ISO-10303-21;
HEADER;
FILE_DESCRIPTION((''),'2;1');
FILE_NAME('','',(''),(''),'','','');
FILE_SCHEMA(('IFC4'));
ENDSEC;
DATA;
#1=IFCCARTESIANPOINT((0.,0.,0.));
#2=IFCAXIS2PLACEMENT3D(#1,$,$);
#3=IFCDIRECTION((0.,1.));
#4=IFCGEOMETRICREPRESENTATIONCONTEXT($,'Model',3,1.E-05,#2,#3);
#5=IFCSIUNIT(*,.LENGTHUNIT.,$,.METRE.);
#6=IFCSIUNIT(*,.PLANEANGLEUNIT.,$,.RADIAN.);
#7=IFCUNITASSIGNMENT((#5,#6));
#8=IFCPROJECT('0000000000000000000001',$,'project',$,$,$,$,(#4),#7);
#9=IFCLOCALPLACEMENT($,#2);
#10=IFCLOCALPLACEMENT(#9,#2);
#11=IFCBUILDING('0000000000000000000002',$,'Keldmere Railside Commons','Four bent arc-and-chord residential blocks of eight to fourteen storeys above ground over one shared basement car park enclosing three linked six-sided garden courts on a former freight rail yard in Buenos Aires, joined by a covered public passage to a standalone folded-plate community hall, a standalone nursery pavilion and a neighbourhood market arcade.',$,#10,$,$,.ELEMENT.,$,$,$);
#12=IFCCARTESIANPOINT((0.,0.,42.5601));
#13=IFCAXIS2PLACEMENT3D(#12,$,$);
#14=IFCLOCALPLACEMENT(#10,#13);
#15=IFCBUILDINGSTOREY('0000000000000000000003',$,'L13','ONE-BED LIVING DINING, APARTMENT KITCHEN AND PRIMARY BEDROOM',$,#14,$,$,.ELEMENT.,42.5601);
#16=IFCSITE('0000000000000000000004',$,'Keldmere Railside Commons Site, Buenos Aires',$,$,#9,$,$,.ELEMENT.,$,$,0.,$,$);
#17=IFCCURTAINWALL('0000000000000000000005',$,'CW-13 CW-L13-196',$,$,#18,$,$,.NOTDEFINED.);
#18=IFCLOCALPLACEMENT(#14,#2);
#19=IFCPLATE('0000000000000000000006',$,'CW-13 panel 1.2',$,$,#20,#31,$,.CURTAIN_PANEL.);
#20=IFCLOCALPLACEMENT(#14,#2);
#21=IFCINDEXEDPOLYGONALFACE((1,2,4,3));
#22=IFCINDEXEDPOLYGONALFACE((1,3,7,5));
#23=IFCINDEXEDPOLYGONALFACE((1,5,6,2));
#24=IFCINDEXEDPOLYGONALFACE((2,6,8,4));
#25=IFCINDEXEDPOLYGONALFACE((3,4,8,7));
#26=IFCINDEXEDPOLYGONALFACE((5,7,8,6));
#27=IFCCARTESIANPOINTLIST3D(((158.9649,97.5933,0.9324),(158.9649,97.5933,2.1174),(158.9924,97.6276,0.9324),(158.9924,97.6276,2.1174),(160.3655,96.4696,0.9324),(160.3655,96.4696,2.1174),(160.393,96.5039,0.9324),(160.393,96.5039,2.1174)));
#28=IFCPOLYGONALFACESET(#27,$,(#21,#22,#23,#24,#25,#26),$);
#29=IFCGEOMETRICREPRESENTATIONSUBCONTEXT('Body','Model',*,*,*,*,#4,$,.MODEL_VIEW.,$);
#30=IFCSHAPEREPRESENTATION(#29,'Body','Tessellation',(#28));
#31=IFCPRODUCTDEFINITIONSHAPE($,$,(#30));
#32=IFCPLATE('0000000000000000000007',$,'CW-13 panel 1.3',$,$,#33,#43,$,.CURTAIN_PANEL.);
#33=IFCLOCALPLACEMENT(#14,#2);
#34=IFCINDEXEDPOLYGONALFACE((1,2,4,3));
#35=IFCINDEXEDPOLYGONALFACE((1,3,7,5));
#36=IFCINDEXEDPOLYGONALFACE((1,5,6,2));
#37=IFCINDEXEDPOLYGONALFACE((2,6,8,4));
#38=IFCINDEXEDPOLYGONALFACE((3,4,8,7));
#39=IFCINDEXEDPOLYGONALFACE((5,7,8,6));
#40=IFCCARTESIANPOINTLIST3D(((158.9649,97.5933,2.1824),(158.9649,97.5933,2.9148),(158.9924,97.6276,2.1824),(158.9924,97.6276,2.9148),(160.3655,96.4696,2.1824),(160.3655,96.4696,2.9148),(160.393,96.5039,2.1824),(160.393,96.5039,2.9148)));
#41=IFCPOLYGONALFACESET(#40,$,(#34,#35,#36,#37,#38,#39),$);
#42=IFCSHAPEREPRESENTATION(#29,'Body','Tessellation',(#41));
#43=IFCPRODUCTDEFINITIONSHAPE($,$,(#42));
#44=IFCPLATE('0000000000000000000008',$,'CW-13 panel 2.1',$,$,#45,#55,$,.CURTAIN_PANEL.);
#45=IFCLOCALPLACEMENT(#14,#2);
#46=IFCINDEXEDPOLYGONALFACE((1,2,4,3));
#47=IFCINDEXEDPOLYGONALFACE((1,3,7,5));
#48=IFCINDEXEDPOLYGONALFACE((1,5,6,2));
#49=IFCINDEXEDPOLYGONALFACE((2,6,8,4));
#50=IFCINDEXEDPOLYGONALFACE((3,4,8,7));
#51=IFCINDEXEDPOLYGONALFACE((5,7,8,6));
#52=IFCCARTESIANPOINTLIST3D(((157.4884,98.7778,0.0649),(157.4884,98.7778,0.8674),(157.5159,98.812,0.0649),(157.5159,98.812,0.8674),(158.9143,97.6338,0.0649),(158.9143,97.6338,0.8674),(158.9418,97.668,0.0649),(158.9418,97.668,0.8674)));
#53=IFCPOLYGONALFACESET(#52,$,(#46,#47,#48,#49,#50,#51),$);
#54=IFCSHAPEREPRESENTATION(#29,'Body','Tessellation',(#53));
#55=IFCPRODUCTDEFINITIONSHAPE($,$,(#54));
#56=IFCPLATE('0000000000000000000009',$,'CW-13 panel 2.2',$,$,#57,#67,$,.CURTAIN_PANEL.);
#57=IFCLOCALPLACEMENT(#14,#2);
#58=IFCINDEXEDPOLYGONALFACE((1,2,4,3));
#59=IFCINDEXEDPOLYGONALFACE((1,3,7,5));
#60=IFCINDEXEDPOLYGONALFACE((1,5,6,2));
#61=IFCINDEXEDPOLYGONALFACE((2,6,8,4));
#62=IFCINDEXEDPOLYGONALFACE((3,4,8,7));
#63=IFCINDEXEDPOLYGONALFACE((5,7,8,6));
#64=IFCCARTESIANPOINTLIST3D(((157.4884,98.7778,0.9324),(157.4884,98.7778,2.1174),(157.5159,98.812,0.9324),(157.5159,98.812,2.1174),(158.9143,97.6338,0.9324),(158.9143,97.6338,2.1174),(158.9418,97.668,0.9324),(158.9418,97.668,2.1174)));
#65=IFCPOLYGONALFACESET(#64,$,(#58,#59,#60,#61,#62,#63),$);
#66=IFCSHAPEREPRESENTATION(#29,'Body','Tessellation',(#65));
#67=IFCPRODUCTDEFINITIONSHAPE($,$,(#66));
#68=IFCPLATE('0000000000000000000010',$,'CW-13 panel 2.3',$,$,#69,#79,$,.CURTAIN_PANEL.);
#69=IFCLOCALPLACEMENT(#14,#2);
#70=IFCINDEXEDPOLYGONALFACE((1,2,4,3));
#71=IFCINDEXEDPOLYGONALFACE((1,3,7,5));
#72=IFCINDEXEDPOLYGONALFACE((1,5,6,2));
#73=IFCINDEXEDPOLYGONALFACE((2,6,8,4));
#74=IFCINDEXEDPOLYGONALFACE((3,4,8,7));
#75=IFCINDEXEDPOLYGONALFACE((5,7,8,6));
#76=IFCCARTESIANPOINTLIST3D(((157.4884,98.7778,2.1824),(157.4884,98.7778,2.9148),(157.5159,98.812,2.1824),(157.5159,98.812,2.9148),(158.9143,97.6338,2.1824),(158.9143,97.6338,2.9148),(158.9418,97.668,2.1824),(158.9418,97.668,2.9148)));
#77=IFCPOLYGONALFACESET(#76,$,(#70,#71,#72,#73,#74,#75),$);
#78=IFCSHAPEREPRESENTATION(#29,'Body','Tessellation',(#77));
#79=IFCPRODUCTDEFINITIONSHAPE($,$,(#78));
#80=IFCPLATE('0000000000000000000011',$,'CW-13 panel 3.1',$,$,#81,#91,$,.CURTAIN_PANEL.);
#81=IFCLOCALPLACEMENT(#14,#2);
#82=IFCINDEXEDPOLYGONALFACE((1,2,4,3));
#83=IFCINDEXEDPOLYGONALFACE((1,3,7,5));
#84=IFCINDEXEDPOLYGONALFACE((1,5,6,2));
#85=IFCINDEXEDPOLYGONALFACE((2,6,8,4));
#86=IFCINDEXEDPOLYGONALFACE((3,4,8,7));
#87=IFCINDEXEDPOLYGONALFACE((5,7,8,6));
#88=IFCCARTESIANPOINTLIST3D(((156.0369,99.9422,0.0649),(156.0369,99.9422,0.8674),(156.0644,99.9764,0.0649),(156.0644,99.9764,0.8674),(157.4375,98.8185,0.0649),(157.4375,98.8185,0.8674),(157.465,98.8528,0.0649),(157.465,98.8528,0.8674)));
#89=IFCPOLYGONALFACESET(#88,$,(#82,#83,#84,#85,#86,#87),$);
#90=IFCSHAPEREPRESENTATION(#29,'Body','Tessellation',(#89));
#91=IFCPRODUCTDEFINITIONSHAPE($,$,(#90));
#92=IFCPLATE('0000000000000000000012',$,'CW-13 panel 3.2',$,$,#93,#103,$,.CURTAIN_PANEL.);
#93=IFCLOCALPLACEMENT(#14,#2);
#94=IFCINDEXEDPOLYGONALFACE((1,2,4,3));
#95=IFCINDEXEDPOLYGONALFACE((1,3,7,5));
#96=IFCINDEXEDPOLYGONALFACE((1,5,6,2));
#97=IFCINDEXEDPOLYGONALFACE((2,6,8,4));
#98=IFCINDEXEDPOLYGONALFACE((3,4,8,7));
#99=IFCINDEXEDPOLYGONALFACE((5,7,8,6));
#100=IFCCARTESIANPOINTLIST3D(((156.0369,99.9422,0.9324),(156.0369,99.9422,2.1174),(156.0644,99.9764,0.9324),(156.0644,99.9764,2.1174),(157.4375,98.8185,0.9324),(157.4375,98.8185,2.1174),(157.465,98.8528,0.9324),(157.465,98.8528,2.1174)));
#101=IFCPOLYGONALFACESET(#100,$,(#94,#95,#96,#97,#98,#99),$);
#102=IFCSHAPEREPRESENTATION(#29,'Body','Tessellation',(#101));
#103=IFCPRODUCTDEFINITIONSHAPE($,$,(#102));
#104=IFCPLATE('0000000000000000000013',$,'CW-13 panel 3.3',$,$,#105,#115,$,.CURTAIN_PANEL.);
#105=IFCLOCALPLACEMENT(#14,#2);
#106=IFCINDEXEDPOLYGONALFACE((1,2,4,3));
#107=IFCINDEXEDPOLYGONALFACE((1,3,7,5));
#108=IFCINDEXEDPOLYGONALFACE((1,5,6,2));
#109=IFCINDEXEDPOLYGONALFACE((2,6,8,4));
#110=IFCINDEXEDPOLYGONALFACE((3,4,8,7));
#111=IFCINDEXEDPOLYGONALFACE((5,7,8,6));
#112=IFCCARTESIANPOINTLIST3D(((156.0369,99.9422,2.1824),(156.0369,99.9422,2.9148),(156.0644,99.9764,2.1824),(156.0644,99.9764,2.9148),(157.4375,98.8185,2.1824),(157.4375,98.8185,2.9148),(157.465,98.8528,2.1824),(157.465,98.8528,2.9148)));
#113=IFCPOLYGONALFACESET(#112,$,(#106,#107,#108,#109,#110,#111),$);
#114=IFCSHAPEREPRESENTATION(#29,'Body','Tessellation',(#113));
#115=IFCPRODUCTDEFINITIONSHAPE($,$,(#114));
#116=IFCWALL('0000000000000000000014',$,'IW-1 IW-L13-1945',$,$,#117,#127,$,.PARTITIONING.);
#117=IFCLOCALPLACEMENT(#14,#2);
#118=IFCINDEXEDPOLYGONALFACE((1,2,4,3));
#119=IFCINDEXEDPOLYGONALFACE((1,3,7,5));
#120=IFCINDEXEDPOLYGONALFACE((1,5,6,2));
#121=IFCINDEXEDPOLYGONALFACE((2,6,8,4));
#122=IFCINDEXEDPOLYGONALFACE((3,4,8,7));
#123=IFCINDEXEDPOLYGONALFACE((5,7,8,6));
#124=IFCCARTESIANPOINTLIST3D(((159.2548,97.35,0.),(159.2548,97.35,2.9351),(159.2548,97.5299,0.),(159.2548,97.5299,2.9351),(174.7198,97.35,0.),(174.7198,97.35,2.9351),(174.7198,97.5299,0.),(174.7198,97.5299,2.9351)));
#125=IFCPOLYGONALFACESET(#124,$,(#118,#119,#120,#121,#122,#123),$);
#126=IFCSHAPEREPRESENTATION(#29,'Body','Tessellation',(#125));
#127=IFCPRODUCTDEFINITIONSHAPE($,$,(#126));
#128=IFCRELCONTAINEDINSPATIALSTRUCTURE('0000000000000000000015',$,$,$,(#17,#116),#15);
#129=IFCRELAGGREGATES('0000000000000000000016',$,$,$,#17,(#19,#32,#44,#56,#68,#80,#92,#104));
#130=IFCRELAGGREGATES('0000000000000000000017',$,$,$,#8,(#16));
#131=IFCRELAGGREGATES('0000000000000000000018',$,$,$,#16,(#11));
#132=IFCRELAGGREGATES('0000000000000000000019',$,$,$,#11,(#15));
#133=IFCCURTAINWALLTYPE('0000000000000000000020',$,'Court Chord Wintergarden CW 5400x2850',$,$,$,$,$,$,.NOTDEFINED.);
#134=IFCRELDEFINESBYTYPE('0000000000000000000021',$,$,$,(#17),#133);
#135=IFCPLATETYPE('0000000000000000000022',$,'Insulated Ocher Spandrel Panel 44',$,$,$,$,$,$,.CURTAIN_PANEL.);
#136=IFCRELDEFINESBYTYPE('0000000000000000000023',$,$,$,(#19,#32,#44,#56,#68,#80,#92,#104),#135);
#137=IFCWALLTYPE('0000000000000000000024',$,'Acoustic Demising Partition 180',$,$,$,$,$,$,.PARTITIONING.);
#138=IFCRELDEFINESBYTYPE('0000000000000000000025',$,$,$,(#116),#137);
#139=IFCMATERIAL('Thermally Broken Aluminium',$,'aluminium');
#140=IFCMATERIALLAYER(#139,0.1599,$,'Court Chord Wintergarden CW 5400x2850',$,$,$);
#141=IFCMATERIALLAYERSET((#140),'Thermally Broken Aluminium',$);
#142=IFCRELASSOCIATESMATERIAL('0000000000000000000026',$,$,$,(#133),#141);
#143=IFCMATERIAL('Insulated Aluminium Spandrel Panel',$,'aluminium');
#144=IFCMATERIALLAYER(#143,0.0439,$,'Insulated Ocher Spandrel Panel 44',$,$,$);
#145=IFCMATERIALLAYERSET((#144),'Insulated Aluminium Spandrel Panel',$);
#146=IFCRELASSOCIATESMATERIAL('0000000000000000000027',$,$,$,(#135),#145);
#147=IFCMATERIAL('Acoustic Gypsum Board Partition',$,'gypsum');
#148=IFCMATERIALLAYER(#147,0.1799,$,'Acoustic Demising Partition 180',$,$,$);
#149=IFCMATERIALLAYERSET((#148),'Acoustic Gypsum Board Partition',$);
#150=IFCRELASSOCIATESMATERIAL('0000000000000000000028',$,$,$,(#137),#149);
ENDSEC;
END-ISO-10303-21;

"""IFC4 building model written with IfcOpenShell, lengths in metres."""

from ifc_helpers import new_model, si_unit, direction, frame, frame_2d, origin, origin_2d, place, context, subcontext, project, spatial, rectangle, extrude, material, layer, layer_set, type_object, element, aggregate, save


model = new_model("IFC4")

# Units and contexts
model_context = context("Model", 3, precision=1e-05, world=origin(), true_north=direction((0.0, 1.0)))
body_context = subcontext(model_context, "Body", "Model", "MODEL_VIEW")
ifc_project = project(units=[si_unit("LENGTHUNIT", "METRE"), si_unit("PLANEANGLEUNIT", "RADIAN")], contexts=[model_context])

# Site, building, storey
site_placement = place(None, origin())
site = spatial("IfcSite", under=ifc_project, at=site_placement, Name="Keldmere Railside Commons Site, Buenos Aires", CompositionType="ELEMENT", RefElevation=0.0)
building_placement = place(site_placement, origin())
building = spatial("IfcBuilding", under=site, at=building_placement, Name="Keldmere Railside Commons", Description="Four bent arc-and-chord residential blocks of eight to fourteen storeys above ground over one shared basement car park enclosing three linked six-sided garden courts on a former freight rail yard in Buenos Aires, joined by a covered public passage to a standalone folded-plate community hall, a standalone nursery pavilion and a neighbourhood market arcade.", CompositionType="ELEMENT")
storey_placement = place(building_placement, frame((0.0, 0.0, 42.5601)))
storey = spatial("IfcBuildingStorey", under=building, at=storey_placement, Name="L13", Description="ONE-BED LIVING DINING, APARTMENT KITCHEN AND PRIMARY BEDROOM", CompositionType="ELEMENT", Elevation=42.5601)

# Curtain wall, plates
ifc_material_1 = material(Name="Thermally Broken Aluminium", Category="aluminium")
ifc_layer_1 = layer(ifc_material_1, 0.1599, Name="Court Chord Wintergarden CW 5400x2850")
ifc_layer_set_1 = layer_set([ifc_layer_1], Name="Thermally Broken Aluminium")
curtain_wall_type = type_object("IfcCurtainWallType", Name="Court Chord Wintergarden CW 5400x2850", PredefinedType="NOTDEFINED", material=ifc_layer_set_1)
curtain_wall_placement = place(storey_placement, origin())
curtain_wall = element("IfcCurtainWall", 1, at=curtain_wall_placement, inside=storey, type_object=curtain_wall_type, Name="CW-13 CW-L13-196", PredefinedType="NOTDEFINED")
ifc_material_2 = material(Name="Insulated Aluminium Spandrel Panel", Category="aluminium")
ifc_layer_2 = layer(ifc_material_2, 0.0439, Name="Insulated Ocher Spandrel Panel 44")
ifc_layer_set_2 = layer_set([ifc_layer_2], Name="Insulated Aluminium Spandrel Panel")
plate_type = type_object("IfcPlateType", Name="Insulated Ocher Spandrel Panel 44", PredefinedType="CURTAIN_PANEL", material=ifc_layer_set_2)
plate_1_placement = place(storey_placement, frame((159.679, 97.0486, 0.9324), z_axis=(0.0, 0.0, 1.0), x_axis=(-0.780009, 0.625768, 0.0)))
plate_1 = element("IfcPlate", 2, at=plate_1_placement, type_object=plate_type, Name="CW-13 panel 1.2", PredefinedType="CURTAIN_PANEL", context=body_context, shape_type="SweptSolid", body=[
    extrude(rectangle(XDim=1.7957, YDim=0.0439, at=origin_2d()), origin(), (0.0, 0.0, 1.0), 1.1851),
])
plate_2_placement = place(storey_placement, frame((159.679, 97.0486, 2.1824), z_axis=(0.0, 0.0, 1.0), x_axis=(-0.780009, 0.625768, 0.0)))
plate_2 = element("IfcPlate", 3, at=plate_2_placement, type_object=plate_type, Name="CW-13 panel 1.3", PredefinedType="CURTAIN_PANEL", context=body_context, shape_type="SweptSolid", body=[
    extrude(rectangle(XDim=1.7957, YDim=0.0439, at=origin_2d()), origin(), (0.0, 0.0, 1.0), 0.7324),
])
plate_3_placement = place(storey_placement, frame((158.2151, 98.2229, 0.0649), z_axis=(0.0, 0.0, 1.0), x_axis=(-0.780009, 0.625768, 0.0)))
plate_3 = element("IfcPlate", 4, at=plate_3_placement, type_object=plate_type, Name="CW-13 panel 2.1", PredefinedType="CURTAIN_PANEL", context=body_context, shape_type="SweptSolid", body=[
    extrude(rectangle(XDim=1.8281, YDim=0.0439, at=origin_2d()), origin(), (0.0, 0.0, 1.0), 0.8025),
])
plate_4_placement = place(storey_placement, frame((158.2151, 98.2229, 0.9324), z_axis=(0.0, 0.0, 1.0), x_axis=(-0.780009, 0.625768, 0.0)))
plate_4 = element("IfcPlate", 5, at=plate_4_placement, type_object=plate_type, Name="CW-13 panel 2.2", PredefinedType="CURTAIN_PANEL", context=body_context, shape_type="SweptSolid", body=[
    extrude(rectangle(XDim=1.8281, YDim=0.0439, at=origin_2d()), origin(), (0.0, 0.0, 1.0), 1.1851),
])
plate_5_placement = place(storey_placement, frame((158.2151, 98.2229, 2.1824), z_axis=(0.0, 0.0, 1.0), x_axis=(-0.780009, 0.625768, 0.0)))
plate_5 = element("IfcPlate", 6, at=plate_5_placement, type_object=plate_type, Name="CW-13 panel 2.3", PredefinedType="CURTAIN_PANEL", context=body_context, shape_type="SweptSolid", body=[
    extrude(rectangle(XDim=1.8281, YDim=0.0439, at=origin_2d()), origin(), (0.0, 0.0, 1.0), 0.7324),
])
plate_6_placement = place(storey_placement, frame((156.751, 99.3975, 0.0649), z_axis=(0.0, 0.0, 1.0), x_axis=(-0.780009, 0.625768, 0.0)))
plate_6 = element("IfcPlate", 7, at=plate_6_placement, type_object=plate_type, Name="CW-13 panel 3.1", PredefinedType="CURTAIN_PANEL", context=body_context, shape_type="SweptSolid", body=[
    extrude(rectangle(XDim=1.7957, YDim=0.0439, at=origin_2d()), origin(), (0.0, 0.0, 1.0), 0.8025),
])
plate_7_placement = place(storey_placement, frame((156.751, 99.3975, 0.9324), z_axis=(0.0, 0.0, 1.0), x_axis=(-0.780009, 0.625768, 0.0)))
plate_7 = element("IfcPlate", 8, at=plate_7_placement, type_object=plate_type, Name="CW-13 panel 3.2", PredefinedType="CURTAIN_PANEL", context=body_context, shape_type="SweptSolid", body=[
    extrude(rectangle(XDim=1.7957, YDim=0.0439, at=origin_2d()), origin(), (0.0, 0.0, 1.0), 1.1851),
])
plate_8_placement = place(storey_placement, frame((156.751, 99.3975, 2.1824), z_axis=(0.0, 0.0, 1.0), x_axis=(-0.780009, 0.625768, 0.0)))
plate_8 = element("IfcPlate", 9, at=plate_8_placement, type_object=plate_type, Name="CW-13 panel 3.3", PredefinedType="CURTAIN_PANEL", context=body_context, shape_type="SweptSolid", body=[
    extrude(rectangle(XDim=1.7957, YDim=0.0439, at=origin_2d()), origin(), (0.0, 0.0, 1.0), 0.7324),
])
aggregate(curtain_wall, [plate_1, plate_2, plate_3, plate_4, plate_5, plate_6, plate_7, plate_8])

# Wall
ifc_material_3 = material(Name="Acoustic Gypsum Board Partition", Category="gypsum")
ifc_layer_3 = layer(ifc_material_3, 0.1799, Name="Acoustic Demising Partition 180")
ifc_layer_set_3 = layer_set([ifc_layer_3], Name="Acoustic Gypsum Board Partition")
wall_type = type_object("IfcWallType", Name="Acoustic Demising Partition 180", PredefinedType="PARTITIONING", material=ifc_layer_set_3)
wall_placement = place(storey_placement, frame((159.2549, 97.4399, 0.0), z_axis=(0.0, 0.0, 1.0), x_axis=(1.0, 0.0, 0.0)))
element("IfcWall", 10, at=wall_placement, inside=storey, type_object=wall_type, Name="IW-1 IW-L13-1945", PredefinedType="PARTITIONING", context=body_context, shape_type="SweptSolid", body=[
    extrude(rectangle(XDim=15.4651, YDim=0.1799, at=frame_2d((7.7324, 0.0))), origin(), (0.0, 0.0, 1.0), 2.9351),
])

save(model, "model.ifc")
